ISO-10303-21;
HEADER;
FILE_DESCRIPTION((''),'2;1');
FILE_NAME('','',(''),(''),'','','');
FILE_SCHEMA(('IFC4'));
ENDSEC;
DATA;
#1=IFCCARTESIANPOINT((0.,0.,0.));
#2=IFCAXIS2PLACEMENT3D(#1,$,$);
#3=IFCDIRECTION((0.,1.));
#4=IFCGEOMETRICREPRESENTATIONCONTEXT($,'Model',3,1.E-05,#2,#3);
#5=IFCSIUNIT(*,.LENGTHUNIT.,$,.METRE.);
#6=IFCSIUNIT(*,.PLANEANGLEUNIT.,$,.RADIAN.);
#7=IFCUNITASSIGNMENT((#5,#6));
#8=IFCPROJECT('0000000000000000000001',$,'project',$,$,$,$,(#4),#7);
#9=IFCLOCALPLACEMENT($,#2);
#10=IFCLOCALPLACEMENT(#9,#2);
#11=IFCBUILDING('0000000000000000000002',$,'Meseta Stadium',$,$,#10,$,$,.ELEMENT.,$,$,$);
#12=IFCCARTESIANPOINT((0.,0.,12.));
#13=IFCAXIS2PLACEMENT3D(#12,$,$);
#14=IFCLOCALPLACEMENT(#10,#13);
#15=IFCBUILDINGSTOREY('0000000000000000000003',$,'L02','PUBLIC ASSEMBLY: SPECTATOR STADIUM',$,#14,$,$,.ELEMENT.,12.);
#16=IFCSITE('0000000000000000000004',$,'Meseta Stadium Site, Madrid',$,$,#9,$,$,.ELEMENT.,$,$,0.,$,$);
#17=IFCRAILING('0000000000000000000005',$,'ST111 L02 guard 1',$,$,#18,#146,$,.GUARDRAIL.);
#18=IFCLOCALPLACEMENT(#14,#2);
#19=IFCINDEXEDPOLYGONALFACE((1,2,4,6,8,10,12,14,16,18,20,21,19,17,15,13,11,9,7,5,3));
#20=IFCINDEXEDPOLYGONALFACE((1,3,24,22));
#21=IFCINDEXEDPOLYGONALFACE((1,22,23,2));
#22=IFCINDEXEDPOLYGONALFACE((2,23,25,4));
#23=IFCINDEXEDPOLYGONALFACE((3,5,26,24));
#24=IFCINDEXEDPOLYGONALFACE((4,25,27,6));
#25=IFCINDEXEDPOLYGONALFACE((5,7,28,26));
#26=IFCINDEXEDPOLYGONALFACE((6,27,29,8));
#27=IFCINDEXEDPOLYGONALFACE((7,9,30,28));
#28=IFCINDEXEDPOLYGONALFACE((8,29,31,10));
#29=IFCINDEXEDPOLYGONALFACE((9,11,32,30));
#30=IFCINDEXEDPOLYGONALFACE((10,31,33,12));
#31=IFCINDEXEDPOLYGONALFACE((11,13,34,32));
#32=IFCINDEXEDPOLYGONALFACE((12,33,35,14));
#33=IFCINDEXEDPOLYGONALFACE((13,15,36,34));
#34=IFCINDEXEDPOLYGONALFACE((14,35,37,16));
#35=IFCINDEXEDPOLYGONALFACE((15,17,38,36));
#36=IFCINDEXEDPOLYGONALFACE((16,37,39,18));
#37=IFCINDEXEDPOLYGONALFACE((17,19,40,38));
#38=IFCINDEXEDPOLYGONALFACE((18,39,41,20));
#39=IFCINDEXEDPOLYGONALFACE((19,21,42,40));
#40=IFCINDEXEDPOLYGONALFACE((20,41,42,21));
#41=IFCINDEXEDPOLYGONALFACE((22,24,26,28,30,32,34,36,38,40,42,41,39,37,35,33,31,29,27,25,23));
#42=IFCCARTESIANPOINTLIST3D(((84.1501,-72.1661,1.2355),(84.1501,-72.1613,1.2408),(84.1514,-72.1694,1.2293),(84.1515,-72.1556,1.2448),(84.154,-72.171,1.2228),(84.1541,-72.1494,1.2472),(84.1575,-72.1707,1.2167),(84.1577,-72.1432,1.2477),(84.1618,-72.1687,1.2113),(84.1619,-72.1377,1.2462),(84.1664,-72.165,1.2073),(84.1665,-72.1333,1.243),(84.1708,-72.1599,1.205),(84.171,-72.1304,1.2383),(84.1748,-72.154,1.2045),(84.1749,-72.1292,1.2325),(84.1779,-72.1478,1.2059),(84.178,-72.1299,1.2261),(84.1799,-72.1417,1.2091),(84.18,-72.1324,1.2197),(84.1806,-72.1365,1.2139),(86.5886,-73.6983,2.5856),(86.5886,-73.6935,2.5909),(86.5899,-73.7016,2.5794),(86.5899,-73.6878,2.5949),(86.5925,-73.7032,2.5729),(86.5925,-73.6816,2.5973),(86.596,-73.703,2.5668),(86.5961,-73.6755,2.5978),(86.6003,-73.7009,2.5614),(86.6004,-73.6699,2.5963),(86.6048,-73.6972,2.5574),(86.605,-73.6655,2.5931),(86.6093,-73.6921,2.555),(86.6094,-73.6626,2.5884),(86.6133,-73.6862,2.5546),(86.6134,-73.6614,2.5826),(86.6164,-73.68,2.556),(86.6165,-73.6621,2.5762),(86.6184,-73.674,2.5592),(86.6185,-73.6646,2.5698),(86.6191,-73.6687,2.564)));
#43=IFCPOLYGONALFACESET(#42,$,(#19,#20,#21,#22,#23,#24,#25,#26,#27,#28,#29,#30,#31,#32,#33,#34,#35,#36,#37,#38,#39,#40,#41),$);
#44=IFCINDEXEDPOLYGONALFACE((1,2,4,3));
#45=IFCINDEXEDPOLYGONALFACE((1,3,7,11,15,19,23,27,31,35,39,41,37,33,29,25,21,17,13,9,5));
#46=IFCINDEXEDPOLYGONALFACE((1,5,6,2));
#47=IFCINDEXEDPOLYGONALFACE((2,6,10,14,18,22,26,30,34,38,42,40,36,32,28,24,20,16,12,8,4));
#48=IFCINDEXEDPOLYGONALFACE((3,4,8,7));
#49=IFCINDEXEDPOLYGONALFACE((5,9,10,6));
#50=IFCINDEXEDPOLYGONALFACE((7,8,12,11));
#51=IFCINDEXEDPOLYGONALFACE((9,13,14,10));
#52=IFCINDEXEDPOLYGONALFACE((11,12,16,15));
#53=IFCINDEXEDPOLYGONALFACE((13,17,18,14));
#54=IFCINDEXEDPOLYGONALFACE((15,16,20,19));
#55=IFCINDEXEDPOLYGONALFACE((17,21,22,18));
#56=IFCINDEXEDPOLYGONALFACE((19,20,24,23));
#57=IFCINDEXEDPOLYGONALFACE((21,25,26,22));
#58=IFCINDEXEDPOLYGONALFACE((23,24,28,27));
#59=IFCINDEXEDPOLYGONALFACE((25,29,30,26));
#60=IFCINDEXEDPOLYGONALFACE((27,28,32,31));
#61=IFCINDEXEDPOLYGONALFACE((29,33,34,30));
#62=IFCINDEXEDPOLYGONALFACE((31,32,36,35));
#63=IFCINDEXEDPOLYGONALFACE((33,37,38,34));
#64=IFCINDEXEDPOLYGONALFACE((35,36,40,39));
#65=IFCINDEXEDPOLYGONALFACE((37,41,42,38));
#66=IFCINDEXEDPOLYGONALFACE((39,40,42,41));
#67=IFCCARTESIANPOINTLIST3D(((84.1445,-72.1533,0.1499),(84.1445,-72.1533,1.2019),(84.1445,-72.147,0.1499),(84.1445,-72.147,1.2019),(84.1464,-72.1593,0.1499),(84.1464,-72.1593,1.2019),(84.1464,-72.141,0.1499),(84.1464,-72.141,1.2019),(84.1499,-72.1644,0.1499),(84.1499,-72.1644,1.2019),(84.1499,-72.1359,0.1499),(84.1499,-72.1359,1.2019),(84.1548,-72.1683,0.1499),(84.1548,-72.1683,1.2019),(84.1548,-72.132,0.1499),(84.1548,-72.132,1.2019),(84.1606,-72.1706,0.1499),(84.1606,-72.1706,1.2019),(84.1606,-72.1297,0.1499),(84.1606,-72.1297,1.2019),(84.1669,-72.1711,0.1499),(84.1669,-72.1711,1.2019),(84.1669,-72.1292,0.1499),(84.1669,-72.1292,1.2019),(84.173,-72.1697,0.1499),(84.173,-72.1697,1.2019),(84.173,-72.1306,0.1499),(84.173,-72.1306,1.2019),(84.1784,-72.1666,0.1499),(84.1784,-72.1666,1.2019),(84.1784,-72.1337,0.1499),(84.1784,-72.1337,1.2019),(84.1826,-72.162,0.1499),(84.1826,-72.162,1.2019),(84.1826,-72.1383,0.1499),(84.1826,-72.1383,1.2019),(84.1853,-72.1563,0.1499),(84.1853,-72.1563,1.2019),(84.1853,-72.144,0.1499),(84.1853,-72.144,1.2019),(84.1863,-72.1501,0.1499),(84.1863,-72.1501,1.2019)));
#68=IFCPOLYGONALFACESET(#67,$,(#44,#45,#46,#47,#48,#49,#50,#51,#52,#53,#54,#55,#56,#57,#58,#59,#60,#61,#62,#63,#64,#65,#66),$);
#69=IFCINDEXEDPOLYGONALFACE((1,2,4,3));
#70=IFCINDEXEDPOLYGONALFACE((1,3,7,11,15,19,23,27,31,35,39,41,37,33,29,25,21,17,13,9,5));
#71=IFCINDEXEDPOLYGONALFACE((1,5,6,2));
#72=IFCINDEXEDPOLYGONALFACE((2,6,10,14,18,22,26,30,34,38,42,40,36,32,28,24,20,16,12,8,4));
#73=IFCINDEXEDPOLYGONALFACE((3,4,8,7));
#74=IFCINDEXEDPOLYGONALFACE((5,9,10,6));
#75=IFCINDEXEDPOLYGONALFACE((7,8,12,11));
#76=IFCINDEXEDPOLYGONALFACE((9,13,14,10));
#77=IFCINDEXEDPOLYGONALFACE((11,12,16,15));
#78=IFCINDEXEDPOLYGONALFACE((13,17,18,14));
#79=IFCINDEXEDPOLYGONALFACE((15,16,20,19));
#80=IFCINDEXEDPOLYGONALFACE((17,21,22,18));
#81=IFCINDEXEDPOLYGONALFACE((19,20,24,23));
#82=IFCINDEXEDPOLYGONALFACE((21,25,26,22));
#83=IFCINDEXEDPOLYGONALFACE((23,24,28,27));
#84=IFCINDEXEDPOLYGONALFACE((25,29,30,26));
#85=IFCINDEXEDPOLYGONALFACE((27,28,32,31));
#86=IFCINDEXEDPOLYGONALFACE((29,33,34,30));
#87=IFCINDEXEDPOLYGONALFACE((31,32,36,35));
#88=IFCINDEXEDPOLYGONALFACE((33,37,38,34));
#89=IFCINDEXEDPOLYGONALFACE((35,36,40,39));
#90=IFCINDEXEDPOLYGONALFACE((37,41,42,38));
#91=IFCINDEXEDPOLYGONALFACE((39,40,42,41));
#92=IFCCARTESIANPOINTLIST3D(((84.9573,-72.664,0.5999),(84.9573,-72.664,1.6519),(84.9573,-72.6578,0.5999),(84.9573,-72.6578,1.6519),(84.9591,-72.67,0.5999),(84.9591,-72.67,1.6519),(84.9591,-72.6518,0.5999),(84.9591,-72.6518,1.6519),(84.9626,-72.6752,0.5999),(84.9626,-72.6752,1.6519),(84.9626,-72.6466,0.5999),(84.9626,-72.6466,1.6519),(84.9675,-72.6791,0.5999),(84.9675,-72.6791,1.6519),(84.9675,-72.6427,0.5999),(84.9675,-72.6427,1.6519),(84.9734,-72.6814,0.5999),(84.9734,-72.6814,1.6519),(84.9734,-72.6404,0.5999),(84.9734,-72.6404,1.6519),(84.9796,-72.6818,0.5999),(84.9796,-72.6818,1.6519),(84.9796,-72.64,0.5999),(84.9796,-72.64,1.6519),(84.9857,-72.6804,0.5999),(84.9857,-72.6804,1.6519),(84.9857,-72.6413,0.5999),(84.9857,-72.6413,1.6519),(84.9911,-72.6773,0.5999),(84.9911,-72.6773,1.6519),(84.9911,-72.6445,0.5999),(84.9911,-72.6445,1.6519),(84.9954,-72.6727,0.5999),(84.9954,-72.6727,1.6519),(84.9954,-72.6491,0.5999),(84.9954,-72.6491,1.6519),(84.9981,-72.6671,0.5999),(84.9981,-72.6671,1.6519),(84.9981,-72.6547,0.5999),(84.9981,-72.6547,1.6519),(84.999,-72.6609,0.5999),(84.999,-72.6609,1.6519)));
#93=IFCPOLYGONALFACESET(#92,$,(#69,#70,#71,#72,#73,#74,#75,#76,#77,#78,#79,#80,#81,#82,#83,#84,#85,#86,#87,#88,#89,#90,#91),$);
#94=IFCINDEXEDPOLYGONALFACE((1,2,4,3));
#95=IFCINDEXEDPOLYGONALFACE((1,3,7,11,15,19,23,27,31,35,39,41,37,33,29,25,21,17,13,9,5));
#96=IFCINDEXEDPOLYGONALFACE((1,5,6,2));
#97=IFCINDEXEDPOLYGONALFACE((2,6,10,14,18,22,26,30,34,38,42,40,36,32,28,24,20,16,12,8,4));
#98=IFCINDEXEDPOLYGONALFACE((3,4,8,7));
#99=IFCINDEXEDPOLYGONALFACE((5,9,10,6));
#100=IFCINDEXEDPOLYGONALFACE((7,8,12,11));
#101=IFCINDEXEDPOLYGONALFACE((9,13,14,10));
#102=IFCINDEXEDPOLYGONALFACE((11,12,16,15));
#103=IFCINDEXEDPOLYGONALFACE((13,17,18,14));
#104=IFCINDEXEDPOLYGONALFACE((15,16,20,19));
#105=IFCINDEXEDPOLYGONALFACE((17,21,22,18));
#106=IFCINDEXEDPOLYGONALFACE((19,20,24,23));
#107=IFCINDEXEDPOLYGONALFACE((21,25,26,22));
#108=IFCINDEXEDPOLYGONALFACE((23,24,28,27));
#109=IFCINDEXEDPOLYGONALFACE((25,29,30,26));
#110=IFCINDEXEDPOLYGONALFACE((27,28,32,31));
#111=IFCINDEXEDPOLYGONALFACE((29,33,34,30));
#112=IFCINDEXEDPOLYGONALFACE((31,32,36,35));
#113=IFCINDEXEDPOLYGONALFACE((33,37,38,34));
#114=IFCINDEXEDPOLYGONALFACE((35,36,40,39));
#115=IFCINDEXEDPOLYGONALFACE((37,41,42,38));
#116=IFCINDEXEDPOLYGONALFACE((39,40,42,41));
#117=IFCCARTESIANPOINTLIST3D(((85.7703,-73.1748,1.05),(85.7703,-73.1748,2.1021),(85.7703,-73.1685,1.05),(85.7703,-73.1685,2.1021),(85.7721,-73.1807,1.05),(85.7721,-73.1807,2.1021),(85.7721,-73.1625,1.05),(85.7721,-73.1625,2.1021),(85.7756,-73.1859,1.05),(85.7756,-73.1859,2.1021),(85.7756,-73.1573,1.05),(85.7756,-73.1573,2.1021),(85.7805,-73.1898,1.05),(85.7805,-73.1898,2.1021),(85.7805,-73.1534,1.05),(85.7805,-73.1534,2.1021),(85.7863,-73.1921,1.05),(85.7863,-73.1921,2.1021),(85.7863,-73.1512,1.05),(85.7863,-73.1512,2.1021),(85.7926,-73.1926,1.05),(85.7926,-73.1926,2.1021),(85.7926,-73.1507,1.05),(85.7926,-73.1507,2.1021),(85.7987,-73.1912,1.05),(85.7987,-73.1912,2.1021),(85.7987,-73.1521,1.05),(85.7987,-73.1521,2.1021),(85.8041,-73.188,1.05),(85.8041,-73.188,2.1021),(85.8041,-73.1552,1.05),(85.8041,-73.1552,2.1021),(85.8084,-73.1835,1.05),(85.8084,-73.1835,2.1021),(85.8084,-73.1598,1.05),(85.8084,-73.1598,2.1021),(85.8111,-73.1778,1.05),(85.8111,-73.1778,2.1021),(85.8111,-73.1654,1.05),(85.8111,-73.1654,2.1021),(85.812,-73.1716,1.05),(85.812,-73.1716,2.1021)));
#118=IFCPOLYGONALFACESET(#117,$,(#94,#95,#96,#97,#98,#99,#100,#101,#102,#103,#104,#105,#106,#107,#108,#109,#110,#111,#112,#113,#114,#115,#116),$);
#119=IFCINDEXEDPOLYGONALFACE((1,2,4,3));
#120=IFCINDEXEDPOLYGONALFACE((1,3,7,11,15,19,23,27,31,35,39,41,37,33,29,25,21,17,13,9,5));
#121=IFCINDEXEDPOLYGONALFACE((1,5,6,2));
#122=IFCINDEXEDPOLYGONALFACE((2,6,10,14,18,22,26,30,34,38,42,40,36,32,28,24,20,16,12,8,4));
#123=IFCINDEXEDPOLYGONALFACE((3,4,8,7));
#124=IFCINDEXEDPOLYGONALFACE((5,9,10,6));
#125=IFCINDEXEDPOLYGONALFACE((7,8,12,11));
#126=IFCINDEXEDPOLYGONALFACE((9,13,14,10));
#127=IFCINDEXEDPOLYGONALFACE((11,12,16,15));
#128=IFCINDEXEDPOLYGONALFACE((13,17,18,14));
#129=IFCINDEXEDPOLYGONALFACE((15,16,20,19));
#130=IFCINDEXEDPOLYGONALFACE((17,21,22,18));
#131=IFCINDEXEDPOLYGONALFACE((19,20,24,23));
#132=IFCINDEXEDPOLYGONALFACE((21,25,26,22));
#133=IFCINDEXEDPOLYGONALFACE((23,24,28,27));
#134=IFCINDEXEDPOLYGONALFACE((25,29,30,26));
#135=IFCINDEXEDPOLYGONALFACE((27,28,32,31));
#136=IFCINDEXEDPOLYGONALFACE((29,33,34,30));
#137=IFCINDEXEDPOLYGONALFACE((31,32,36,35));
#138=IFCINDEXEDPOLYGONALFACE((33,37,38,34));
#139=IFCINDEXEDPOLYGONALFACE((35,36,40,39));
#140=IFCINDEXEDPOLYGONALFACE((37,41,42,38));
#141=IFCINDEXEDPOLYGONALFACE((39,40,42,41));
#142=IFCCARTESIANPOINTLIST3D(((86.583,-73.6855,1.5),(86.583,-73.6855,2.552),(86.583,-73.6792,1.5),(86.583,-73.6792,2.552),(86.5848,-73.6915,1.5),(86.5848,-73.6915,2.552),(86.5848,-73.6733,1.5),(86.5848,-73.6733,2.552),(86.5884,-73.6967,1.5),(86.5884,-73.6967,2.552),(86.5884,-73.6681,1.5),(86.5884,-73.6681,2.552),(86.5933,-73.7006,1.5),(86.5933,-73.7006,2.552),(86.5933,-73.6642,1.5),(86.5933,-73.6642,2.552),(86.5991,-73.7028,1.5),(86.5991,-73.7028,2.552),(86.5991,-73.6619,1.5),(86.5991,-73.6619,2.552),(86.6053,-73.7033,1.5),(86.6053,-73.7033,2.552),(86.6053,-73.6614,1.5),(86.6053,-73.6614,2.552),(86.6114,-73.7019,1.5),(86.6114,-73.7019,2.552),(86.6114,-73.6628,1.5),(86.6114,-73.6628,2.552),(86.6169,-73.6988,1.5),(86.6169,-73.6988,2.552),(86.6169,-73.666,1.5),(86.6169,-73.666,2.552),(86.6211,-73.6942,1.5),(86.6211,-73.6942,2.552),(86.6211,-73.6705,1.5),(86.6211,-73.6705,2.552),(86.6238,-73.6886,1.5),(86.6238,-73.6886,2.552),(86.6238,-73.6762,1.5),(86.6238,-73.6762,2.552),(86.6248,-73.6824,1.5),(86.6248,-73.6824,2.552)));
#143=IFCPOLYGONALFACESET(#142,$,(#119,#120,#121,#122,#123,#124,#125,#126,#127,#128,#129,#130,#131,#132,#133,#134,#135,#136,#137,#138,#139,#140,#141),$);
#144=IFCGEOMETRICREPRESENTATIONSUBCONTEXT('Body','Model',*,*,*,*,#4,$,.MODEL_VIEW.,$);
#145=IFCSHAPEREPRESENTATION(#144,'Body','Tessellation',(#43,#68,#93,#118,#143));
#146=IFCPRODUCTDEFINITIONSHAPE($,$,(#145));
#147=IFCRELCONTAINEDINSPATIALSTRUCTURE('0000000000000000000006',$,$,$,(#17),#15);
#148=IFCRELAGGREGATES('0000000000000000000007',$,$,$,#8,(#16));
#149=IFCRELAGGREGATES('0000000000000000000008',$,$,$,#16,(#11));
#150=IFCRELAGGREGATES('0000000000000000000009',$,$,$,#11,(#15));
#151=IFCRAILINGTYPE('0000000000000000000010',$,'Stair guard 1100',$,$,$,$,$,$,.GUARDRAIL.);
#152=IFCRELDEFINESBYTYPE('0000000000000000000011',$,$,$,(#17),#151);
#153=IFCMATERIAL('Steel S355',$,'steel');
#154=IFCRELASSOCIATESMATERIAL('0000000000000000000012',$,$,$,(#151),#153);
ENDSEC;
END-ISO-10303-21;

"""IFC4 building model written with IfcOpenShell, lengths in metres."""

from ifc_helpers import new_model, si_unit, direction, frame, origin, origin_2d, place, context, subcontext, project, spatial, circle, extrude, material, type_object, element, save


model = new_model("IFC4")

# Units and contexts
model_context = context("Model", 3, precision=1e-05, world=origin(), true_north=direction((0.0, 1.0)))
body_context = subcontext(model_context, "Body", "Model", "MODEL_VIEW")
ifc_project = project(units=[si_unit("LENGTHUNIT", "METRE"), si_unit("PLANEANGLEUNIT", "RADIAN")], contexts=[model_context])

# Site, building, storey
site_placement = place(None, origin())
site = spatial("IfcSite", under=ifc_project, at=site_placement, Name="Meseta Stadium Site, Madrid", CompositionType="ELEMENT", RefElevation=0.0)
building_placement = place(site_placement, origin())
building = spatial("IfcBuilding", under=site, at=building_placement, Name="Meseta Stadium", CompositionType="ELEMENT")
storey_placement = place(building_placement, frame((0.0, 0.0, 12.0)))
storey = spatial("IfcBuildingStorey", under=building, at=storey_placement, Name="L02", Description="PUBLIC ASSEMBLY: SPECTATOR STADIUM", CompositionType="ELEMENT", Elevation=12.0)

# Railing
ifc_material_1 = material(Name="Steel S355", Category="steel")
railing_type_1 = type_object("IfcRailingType", Name="Stair guard 1100", PredefinedType="GUARDRAIL", material=ifc_material_1)
railing_1_placement = place(storey_placement, frame((84.1653, -72.1501, 0.1499)))
element("IfcRailing", 1, at=railing_1_placement, inside=storey, type_object=railing_type_1, Name="ST111 L02 guard 1", PredefinedType="GUARDRAIL", context=body_context, shape_type="SweptSolid", body=[
    extrude(circle(Radius=0.0239, at=origin_2d()), frame((0.0, 0.0, 1.0762), z_axis=(0.766655, -0.481731, 0.42447), x_axis=(0.53204, 0.846719, 0.0)), (0.0, 0.0, 1.0), 3.1807),
    extrude(circle(Radius=0.021, at=origin_2d()), origin(), (0.0, 0.0, 1.0), 1.052),
    extrude(circle(Radius=0.021, at=origin_2d()), frame((0.8127, -0.5107, 0.45)), (0.0, 0.0, 1.0), 1.052),
    extrude(circle(Radius=0.021, at=origin_2d()), frame((1.6257, -1.0215, 0.9001)), (0.0, 0.0, 1.0), 1.052),
    extrude(circle(Radius=0.021, at=origin_2d()), frame((2.4385, -1.5322, 1.3501)), (0.0, 0.0, 1.0), 1.052),
])

save(model, "model.ifc")
